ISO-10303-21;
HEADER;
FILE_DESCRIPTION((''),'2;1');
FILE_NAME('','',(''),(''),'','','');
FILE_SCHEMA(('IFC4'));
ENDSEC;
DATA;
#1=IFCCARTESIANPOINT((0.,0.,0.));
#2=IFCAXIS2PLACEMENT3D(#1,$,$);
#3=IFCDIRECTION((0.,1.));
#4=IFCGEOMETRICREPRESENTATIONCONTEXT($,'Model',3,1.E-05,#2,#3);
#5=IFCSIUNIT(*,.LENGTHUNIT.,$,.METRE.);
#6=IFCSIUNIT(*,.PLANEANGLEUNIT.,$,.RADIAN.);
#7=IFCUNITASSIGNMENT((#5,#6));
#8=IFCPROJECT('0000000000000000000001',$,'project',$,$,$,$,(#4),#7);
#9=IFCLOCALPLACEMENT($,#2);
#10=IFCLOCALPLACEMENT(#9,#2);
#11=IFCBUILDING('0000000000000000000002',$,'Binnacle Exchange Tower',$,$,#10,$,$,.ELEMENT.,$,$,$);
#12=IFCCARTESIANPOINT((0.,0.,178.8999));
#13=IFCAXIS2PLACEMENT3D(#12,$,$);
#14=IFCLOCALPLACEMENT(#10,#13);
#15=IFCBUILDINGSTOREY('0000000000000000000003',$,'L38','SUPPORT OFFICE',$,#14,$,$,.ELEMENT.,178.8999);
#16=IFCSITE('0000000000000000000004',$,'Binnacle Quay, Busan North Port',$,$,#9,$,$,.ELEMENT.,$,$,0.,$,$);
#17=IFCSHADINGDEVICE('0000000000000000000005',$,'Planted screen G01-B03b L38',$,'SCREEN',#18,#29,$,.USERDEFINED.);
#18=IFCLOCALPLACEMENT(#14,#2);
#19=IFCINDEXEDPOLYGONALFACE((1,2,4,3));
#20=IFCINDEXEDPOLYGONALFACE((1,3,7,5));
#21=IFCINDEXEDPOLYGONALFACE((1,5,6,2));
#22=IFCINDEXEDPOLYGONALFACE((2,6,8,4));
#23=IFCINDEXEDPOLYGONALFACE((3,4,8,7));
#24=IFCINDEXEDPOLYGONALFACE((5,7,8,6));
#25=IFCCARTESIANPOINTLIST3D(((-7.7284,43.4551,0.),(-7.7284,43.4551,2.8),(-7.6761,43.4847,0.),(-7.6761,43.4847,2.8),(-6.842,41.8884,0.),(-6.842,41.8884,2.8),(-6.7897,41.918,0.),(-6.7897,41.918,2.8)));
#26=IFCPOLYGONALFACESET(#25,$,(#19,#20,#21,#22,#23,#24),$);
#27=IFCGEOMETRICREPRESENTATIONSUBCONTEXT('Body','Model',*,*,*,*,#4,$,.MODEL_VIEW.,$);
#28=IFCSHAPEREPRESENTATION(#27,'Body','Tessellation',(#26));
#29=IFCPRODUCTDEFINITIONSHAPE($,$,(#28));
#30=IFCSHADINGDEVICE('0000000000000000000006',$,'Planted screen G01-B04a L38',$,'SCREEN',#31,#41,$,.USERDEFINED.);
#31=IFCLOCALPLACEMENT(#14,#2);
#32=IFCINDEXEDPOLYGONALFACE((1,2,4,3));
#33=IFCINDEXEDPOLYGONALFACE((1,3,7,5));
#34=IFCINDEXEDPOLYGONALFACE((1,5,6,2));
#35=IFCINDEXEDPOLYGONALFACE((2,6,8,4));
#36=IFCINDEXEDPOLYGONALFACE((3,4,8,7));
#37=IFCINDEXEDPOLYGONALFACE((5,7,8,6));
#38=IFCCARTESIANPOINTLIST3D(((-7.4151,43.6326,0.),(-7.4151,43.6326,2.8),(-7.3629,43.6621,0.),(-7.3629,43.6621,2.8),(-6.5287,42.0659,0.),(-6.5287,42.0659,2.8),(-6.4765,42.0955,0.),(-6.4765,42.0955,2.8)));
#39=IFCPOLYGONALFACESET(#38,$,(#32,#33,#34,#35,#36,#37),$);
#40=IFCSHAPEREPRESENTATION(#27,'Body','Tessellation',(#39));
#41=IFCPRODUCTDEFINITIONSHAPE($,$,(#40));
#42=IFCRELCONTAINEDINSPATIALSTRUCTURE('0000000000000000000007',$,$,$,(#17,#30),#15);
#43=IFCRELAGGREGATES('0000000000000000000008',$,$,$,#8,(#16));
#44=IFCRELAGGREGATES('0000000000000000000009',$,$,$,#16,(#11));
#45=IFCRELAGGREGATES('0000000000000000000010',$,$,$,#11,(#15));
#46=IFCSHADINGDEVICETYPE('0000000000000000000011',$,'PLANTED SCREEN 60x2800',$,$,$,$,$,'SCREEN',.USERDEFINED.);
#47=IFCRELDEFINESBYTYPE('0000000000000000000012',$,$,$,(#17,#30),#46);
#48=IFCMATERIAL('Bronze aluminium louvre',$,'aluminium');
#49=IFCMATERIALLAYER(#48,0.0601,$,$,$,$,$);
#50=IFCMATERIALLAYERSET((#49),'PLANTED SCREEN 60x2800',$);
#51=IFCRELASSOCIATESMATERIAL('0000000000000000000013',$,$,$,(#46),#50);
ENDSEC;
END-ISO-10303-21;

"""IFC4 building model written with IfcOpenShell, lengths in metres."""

from ifc_helpers import new_model, si_unit, direction, frame, origin, origin_2d, place, context, subcontext, project, spatial, rectangle, extrude, material, layer, layer_set, type_object, element, save


model = new_model("IFC4")

# Units and contexts
model_context = context("Model", 3, precision=1e-05, world=origin(), true_north=direction((0.0, 1.0)))
body_context = subcontext(model_context, "Body", "Model", "MODEL_VIEW")
ifc_project = project(units=[si_unit("LENGTHUNIT", "METRE"), si_unit("PLANEANGLEUNIT", "RADIAN")], contexts=[model_context])

# Site, building, storey
site_placement = place(None, origin())
site = spatial("IfcSite", under=ifc_project, at=site_placement, Name="Binnacle Quay, Busan North Port", CompositionType="ELEMENT", RefElevation=0.0)
building_placement = place(site_placement, origin())
building = spatial("IfcBuilding", under=site, at=building_placement, Name="Binnacle Exchange Tower", CompositionType="ELEMENT")
storey_placement = place(building_placement, frame((0.0, 0.0, 178.8999)))
storey = spatial("IfcBuildingStorey", under=building, at=storey_placement, Name="L38", Description="SUPPORT OFFICE", CompositionType="ELEMENT", Elevation=178.8999)

# Shading devices
ifc_material_1 = material(Name="Bronze aluminium louvre", Category="aluminium")
ifc_layer_1 = layer(ifc_material_1, 0.0601)
ifc_layer_set_1 = layer_set([ifc_layer_1], Name="PLANTED SCREEN 60x2800")
shading_device_type = type_object("IfcShadingDeviceType", Name="PLANTED SCREEN 60x2800", ElementType="SCREEN", PredefinedType="USERDEFINED", material=ifc_layer_set_1)
for number, where, z_axis, x_axis, name in (
    (1, (-7.259, 42.6865, 0.0), (0.0, 0.0, 1.0), (0.870356, 0.492424, 0.0), "Planted screen G01-B03b L38"),
    (2, (-6.9458, 42.864, 0.0), (0.0, 0.0, 1.0), (0.870356, 0.492424, 0.0), "Planted screen G01-B04a L38"),
):
    element("IfcShadingDevice", number, at=place(storey_placement, frame(where, z_axis=z_axis, x_axis=x_axis)), inside=storey, type_object=shading_device_type, Name=name, ObjectType="SCREEN", PredefinedType="USERDEFINED", context=body_context, shape_type="SweptSolid", body=[
        extrude(rectangle(XDim=0.0601, YDim=1.8, at=origin_2d()), origin(), (0.0, 0.0, 1.0), 2.8),
    ])

save(model, "model.ifc")
